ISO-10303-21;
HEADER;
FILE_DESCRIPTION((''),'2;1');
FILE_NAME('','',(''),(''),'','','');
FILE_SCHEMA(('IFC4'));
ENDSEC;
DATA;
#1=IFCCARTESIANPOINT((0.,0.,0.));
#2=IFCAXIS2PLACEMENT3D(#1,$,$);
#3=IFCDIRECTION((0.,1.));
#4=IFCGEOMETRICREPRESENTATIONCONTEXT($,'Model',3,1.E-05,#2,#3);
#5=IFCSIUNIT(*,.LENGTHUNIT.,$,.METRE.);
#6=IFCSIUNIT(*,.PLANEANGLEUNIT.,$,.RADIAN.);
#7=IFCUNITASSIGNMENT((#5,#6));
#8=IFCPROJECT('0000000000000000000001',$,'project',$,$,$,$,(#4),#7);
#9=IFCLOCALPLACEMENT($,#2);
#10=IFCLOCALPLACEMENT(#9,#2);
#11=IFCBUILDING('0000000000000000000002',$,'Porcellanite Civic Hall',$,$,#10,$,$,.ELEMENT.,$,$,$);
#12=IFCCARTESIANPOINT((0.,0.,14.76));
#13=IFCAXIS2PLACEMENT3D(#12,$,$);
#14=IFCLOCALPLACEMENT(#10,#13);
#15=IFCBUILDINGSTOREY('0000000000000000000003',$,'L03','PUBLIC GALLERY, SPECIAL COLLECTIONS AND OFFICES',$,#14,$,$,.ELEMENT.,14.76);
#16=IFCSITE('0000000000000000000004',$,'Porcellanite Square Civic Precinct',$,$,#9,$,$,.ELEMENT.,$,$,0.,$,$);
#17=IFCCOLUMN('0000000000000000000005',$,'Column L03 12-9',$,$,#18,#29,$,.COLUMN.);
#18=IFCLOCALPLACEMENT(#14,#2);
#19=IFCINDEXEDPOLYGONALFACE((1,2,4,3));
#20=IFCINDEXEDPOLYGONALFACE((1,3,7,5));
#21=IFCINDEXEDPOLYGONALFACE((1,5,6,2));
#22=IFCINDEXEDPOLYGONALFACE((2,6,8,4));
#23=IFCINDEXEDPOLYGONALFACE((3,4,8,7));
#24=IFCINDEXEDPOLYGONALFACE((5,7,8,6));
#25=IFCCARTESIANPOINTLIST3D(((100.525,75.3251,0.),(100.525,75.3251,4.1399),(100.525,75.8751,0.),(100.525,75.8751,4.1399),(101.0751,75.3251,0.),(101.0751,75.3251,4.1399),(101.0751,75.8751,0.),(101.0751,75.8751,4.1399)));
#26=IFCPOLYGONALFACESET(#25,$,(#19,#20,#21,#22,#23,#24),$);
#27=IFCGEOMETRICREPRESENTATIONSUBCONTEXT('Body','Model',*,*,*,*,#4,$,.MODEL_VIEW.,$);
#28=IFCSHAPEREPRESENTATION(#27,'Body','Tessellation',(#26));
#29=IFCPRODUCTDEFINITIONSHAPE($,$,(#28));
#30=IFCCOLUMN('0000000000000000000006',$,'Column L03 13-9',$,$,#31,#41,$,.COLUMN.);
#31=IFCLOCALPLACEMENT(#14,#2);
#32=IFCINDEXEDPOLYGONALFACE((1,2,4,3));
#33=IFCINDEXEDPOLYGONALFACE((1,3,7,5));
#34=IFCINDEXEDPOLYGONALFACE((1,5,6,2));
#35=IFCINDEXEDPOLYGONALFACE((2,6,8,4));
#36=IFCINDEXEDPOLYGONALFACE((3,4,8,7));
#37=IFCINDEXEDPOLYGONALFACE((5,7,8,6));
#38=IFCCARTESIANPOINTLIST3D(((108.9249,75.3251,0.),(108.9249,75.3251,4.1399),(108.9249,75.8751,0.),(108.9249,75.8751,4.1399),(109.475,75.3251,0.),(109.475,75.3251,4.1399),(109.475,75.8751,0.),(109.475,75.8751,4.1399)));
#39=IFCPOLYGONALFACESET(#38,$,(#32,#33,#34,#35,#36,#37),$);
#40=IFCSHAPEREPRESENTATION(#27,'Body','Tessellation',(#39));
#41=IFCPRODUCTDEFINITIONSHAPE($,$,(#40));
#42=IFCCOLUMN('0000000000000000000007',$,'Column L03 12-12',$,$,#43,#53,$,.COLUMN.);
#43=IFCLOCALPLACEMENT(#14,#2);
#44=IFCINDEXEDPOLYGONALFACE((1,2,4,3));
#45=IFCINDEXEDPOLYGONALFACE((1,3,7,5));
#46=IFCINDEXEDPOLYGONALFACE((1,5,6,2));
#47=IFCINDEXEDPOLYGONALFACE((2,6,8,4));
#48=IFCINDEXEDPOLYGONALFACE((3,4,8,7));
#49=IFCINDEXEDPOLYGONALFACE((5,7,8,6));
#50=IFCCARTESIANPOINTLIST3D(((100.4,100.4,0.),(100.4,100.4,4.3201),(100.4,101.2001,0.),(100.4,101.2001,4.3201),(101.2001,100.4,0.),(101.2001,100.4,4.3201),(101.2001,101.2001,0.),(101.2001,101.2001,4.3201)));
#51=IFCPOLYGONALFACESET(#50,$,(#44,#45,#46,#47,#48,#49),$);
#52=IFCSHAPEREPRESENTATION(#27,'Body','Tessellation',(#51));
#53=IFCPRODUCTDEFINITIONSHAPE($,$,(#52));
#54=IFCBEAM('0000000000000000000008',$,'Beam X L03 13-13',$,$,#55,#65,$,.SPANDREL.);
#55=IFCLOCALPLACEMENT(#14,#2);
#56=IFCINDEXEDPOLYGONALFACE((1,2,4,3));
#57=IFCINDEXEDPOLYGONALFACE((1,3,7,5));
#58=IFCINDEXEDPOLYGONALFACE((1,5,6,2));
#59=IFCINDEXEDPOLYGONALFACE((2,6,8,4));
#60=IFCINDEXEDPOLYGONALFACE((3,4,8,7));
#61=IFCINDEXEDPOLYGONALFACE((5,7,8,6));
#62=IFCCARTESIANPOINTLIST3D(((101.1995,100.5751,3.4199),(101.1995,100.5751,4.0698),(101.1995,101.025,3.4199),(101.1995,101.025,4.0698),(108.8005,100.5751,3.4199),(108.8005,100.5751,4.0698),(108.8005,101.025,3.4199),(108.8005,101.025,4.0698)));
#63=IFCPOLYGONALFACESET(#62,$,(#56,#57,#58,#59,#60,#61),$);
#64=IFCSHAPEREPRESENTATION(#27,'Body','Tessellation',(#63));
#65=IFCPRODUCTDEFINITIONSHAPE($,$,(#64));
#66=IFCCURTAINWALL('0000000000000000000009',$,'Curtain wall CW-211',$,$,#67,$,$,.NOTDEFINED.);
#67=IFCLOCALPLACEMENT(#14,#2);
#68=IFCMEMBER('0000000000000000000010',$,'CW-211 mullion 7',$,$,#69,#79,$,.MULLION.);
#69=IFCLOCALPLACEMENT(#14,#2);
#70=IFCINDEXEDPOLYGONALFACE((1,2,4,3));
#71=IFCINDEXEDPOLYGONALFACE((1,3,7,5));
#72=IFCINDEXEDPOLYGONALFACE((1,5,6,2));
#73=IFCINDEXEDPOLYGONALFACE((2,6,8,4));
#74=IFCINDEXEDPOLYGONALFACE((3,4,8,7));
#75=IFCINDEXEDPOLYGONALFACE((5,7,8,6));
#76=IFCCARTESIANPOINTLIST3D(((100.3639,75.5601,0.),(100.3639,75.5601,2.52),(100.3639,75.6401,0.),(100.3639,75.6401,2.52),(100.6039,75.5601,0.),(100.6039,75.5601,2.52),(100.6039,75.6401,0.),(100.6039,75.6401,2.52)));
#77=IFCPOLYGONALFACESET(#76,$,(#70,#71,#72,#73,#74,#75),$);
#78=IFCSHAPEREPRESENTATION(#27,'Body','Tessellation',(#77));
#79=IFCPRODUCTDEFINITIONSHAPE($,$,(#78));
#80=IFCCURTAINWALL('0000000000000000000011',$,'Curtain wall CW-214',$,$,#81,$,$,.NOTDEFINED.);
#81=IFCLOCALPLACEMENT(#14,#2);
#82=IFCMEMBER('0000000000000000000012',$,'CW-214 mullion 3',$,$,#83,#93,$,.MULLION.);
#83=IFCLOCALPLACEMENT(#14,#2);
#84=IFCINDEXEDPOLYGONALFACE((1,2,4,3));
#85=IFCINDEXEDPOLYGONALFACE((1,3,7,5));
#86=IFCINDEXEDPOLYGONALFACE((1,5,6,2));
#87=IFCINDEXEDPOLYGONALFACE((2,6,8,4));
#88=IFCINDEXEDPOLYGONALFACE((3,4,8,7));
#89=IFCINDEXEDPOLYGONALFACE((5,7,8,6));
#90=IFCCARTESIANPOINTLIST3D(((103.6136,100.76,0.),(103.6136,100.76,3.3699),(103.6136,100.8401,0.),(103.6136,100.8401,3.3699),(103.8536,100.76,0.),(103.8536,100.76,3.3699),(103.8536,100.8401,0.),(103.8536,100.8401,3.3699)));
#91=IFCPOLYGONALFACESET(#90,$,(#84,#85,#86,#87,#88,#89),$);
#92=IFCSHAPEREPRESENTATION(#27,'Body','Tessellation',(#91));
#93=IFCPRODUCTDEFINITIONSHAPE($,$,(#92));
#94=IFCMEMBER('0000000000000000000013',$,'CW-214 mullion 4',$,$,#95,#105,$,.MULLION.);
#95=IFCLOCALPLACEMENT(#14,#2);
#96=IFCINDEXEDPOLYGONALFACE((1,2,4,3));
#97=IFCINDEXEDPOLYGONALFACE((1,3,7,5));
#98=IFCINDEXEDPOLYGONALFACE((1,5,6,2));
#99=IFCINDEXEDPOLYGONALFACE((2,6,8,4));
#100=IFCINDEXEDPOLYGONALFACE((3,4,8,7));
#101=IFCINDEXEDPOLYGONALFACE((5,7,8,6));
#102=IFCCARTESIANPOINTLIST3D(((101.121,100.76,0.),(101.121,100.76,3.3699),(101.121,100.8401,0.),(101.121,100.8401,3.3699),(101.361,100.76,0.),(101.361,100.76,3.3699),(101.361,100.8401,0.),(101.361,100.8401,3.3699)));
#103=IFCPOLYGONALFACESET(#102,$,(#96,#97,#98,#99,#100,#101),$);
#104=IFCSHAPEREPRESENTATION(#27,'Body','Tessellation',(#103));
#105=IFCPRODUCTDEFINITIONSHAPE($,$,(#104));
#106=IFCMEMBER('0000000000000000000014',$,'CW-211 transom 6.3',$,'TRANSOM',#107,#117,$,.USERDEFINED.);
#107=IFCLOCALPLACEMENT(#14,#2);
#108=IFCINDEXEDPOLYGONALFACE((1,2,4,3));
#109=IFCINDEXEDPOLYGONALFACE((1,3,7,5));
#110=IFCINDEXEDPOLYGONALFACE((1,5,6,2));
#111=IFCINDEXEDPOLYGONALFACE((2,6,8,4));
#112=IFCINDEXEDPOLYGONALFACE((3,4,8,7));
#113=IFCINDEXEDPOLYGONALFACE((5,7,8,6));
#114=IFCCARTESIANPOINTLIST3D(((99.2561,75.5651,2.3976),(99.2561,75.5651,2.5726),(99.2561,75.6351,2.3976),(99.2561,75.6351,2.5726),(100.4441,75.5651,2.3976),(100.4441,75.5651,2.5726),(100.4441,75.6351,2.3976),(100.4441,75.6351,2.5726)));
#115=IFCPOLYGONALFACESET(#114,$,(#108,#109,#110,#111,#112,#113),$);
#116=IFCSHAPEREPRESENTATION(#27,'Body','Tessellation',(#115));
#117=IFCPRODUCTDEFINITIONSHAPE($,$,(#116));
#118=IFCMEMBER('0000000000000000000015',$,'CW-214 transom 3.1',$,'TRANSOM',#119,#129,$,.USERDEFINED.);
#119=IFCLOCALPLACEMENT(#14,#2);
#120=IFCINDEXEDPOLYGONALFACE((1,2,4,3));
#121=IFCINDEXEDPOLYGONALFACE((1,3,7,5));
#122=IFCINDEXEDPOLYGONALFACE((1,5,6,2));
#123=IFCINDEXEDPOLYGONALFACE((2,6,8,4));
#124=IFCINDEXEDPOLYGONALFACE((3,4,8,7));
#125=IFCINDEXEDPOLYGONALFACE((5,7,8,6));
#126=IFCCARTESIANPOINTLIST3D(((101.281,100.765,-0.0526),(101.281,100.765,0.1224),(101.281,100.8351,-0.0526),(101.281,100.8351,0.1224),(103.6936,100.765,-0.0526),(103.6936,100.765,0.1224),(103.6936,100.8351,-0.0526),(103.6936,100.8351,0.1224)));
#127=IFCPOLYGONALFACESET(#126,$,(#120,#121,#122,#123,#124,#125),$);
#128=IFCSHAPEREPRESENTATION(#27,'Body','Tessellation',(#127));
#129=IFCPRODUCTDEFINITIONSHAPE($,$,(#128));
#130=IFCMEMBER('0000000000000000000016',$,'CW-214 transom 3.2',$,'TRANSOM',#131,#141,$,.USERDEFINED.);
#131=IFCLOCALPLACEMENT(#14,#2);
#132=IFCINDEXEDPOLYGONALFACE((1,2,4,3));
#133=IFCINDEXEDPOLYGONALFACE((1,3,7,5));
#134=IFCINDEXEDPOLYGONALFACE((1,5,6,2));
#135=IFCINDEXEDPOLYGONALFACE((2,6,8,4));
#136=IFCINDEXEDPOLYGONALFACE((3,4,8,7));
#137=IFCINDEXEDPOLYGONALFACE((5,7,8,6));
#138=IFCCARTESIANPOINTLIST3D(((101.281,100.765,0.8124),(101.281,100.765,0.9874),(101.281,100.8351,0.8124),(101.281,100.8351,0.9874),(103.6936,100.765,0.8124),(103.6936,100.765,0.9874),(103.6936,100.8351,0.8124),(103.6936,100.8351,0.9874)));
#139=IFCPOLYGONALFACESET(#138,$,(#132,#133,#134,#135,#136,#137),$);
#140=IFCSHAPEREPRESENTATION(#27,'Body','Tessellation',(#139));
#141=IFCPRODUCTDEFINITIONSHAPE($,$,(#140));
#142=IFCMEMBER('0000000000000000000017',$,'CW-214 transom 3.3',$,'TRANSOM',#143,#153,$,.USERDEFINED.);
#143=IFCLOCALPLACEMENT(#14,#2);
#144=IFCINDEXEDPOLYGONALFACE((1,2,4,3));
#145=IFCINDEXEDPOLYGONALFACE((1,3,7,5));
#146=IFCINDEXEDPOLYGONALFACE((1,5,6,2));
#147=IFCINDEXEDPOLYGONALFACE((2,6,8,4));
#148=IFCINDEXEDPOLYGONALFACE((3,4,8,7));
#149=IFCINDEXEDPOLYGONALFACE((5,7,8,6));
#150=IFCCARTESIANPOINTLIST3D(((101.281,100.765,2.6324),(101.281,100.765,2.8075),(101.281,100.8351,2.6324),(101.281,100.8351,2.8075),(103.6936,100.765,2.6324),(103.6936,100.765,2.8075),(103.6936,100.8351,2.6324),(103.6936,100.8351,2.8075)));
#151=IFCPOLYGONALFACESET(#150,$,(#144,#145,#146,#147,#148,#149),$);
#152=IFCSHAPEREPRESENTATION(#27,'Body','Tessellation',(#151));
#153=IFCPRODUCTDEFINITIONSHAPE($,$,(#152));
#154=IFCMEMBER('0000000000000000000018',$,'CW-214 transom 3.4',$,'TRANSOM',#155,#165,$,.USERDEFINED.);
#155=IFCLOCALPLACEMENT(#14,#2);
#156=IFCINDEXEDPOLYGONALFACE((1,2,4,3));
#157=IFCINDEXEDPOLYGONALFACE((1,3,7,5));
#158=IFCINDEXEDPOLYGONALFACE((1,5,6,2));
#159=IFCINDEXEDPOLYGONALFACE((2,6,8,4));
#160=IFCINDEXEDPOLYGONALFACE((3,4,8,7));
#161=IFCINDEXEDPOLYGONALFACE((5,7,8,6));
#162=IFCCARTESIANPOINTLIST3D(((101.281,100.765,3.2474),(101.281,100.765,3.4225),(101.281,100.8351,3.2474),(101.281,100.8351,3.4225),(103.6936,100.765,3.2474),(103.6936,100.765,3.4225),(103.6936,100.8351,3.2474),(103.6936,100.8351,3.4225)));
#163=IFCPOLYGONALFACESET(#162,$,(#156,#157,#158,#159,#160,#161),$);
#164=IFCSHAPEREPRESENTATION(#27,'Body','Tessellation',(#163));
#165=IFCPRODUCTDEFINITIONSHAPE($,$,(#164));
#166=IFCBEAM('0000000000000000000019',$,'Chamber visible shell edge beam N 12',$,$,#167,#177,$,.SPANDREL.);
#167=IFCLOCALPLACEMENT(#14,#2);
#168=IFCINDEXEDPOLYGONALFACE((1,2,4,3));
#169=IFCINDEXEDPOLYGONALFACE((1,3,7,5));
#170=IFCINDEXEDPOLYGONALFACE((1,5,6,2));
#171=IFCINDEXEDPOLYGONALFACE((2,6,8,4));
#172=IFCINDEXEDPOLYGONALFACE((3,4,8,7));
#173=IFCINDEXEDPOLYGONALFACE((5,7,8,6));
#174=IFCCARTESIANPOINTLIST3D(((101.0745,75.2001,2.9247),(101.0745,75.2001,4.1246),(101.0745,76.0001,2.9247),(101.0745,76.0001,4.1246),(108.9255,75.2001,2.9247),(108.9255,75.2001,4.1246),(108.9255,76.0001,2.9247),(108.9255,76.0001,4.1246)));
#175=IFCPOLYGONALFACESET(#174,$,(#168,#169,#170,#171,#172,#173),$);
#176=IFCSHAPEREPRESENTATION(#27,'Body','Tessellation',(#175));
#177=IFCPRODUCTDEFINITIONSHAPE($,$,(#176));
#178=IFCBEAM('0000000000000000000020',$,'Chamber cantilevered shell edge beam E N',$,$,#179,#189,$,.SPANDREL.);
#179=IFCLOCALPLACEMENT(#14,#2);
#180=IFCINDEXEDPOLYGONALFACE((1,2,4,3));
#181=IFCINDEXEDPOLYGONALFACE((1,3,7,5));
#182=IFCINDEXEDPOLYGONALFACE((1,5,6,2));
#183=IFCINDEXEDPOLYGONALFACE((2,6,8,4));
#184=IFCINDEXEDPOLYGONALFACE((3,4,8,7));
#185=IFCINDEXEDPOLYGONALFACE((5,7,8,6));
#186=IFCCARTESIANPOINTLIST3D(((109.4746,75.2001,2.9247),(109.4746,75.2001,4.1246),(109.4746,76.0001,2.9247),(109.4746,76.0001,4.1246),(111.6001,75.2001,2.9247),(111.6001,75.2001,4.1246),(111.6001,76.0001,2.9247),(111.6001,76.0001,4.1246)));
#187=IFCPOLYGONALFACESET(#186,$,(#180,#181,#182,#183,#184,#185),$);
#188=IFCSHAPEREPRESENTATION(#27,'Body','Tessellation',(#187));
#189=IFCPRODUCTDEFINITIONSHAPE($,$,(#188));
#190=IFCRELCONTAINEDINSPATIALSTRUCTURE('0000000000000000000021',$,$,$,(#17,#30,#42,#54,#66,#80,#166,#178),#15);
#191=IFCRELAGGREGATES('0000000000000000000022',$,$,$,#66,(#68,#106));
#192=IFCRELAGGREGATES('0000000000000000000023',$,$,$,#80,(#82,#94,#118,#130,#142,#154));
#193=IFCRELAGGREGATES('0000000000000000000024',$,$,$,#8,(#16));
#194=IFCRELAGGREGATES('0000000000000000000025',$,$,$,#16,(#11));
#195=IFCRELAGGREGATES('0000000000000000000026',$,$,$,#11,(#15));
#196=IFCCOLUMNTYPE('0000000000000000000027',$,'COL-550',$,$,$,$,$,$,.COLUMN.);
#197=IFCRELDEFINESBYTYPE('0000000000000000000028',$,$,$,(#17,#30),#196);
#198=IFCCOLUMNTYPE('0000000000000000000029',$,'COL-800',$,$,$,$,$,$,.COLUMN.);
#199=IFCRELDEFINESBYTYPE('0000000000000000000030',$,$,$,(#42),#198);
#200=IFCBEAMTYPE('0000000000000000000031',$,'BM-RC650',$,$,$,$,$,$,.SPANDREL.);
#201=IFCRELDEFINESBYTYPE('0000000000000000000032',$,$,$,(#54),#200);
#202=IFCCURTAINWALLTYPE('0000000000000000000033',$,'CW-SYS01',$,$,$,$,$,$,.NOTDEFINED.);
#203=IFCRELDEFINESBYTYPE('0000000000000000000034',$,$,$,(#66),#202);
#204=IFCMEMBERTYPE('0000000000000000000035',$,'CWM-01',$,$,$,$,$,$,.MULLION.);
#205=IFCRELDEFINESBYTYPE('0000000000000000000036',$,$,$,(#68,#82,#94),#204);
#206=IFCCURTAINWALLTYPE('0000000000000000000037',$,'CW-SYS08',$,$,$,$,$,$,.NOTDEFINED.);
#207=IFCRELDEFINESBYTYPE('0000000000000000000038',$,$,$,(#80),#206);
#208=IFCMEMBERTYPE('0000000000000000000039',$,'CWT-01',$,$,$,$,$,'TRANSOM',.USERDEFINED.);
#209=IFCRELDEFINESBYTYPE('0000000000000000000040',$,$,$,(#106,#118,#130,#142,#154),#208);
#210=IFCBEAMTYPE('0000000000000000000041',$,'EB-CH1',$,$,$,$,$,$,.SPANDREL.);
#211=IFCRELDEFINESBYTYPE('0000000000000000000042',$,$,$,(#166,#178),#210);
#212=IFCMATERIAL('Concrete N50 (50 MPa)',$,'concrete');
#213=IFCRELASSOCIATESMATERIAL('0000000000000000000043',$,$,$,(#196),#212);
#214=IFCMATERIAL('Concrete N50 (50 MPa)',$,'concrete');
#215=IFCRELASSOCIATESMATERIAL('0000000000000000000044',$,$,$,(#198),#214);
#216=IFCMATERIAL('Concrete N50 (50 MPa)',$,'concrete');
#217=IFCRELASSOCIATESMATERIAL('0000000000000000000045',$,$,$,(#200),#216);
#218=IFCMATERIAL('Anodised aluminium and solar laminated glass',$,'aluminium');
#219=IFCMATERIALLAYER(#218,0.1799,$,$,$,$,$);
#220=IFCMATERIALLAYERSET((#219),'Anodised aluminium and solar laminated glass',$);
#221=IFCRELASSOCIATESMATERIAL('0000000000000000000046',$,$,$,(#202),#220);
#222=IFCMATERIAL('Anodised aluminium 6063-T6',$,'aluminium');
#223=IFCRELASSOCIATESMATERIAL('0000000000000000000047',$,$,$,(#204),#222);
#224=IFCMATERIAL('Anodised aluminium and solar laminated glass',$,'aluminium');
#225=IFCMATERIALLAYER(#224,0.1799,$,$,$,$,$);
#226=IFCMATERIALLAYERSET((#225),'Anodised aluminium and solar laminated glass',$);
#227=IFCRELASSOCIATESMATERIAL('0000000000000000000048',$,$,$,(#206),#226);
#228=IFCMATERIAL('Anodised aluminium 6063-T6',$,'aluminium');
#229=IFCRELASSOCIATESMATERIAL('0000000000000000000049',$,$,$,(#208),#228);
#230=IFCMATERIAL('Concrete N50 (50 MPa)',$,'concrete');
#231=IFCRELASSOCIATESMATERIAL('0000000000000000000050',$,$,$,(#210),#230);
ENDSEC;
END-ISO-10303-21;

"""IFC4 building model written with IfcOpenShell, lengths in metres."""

from ifc_helpers import new_model, si_unit, direction, frame, origin, origin_2d, place, context, subcontext, project, spatial, rectangle, extrude, material, layer, layer_set, material_profile, profile_set, type_object, element, aggregate, save


model = new_model("IFC4")

# Units and contexts
model_context = context("Model", 3, precision=1e-05, world=origin(), true_north=direction((0.0, 1.0)))
body_context = subcontext(model_context, "Body", "Model", "MODEL_VIEW")
ifc_project = project(units=[si_unit("LENGTHUNIT", "METRE"), si_unit("PLANEANGLEUNIT", "RADIAN")], contexts=[model_context])

# Site, building, storey
site_placement = place(None, origin())
site = spatial("IfcSite", under=ifc_project, at=site_placement, Name="Porcellanite Square Civic Precinct", CompositionType="ELEMENT", RefElevation=0.0)
building_placement = place(site_placement, origin())
building = spatial("IfcBuilding", under=site, at=building_placement, Name="Porcellanite Civic Hall", CompositionType="ELEMENT")
storey_placement = place(building_placement, frame((0.0, 0.0, 14.76)))
storey = spatial("IfcBuildingStorey", under=building, at=storey_placement, Name="L03", Description="PUBLIC GALLERY, SPECIAL COLLECTIONS AND OFFICES", CompositionType="ELEMENT", Elevation=14.76)

# Columns
ifc_material_1 = material(Name="Concrete N50 (50 MPa)", Category="concrete")
ifc_material_profile_1 = material_profile(ifc_material_1, rectangle(XDim=0.55, YDim=0.55, at=origin_2d()), Name="RC-550x550")
ifc_profile_set_1 = profile_set([ifc_material_profile_1], Name="Concrete N50 (50 MPa)")
column_type_1 = type_object("IfcColumnType", Name="COL-550", PredefinedType="COLUMN", material=ifc_profile_set_1)
for number, where, z_axis, x_axis, name in (
    (1, (100.8, 75.6001, 0.0), (0.0, 0.0, 1.0), (1.0, 0.0, 0.0), "Column L03 12-9"),
    (2, (109.2, 75.6001, 0.0), (0.0, 0.0, 1.0), (1.0, 0.0, 0.0), "Column L03 13-9"),
):
    element("IfcColumn", number, at=place(storey_placement, frame(where, z_axis=z_axis, x_axis=x_axis)), inside=storey, type_object=column_type_1, Name=name, PredefinedType="COLUMN", context=body_context, shape_type="SweptSolid", body=[
        extrude(rectangle(XDim=0.55, YDim=0.55, at=origin_2d()), origin(), (0.0, 0.0, 1.0), 4.1399),
    ])
ifc_material_2 = material(Name="Concrete N50 (50 MPa)", Category="concrete")
ifc_material_profile_2 = material_profile(ifc_material_2, rectangle(XDim=0.8, YDim=0.8, at=origin_2d()), Name="RC-800x800")
ifc_profile_set_2 = profile_set([ifc_material_profile_2], Name="Concrete N50 (50 MPa)")
column_type_2 = type_object("IfcColumnType", Name="COL-800", PredefinedType="COLUMN", material=ifc_profile_set_2)
column_placement = place(storey_placement, frame((100.8, 100.8, 0.0), z_axis=(0.0, 0.0, 1.0), x_axis=(1.0, 0.0, 0.0)))
element("IfcColumn", 3, at=column_placement, inside=storey, type_object=column_type_2, Name="Column L03 12-12", PredefinedType="COLUMN", context=body_context, shape_type="SweptSolid", body=[
    extrude(rectangle(XDim=0.8, YDim=0.8, at=origin_2d()), origin(), (0.0, 0.0, 1.0), 4.3201),
])

# Beam
ifc_material_3 = material(Name="Concrete N50 (50 MPa)", Category="concrete")
ifc_material_profile_3 = material_profile(ifc_material_3, rectangle(XDim=0.45, YDim=0.6499, at=origin_2d()), Name="RC-450x650")
ifc_profile_set_3 = profile_set([ifc_material_profile_3], Name="Concrete N50 (50 MPa)")
beam_type_1 = type_object("IfcBeamType", Name="BM-RC650", PredefinedType="SPANDREL", material=ifc_profile_set_3)
beam_1_placement = place(storey_placement, frame((101.1995, 100.8, 3.7449), z_axis=(1.0, 0.0, 0.0), x_axis=(0.0, 1.0, 0.0)))
element("IfcBeam", 4, at=beam_1_placement, inside=storey, type_object=beam_type_1, Name="Beam X L03 13-13", PredefinedType="SPANDREL", context=body_context, shape_type="SweptSolid", body=[
    extrude(rectangle(XDim=0.45, YDim=0.6499, at=origin_2d()), origin(), (0.0, 0.0, 1.0), 7.6011),
])

# Curtain wall, member
ifc_material_4 = material(Name="Anodised aluminium and solar laminated glass", Category="aluminium")
ifc_layer_1 = layer(ifc_material_4, 0.1799)
ifc_layer_set_1 = layer_set([ifc_layer_1], Name="Anodised aluminium and solar laminated glass")
curtain_wall_type_1 = type_object("IfcCurtainWallType", Name="CW-SYS01", PredefinedType="NOTDEFINED", material=ifc_layer_set_1)
curtain_wall_1_placement = place(storey_placement, origin())
curtain_wall_1 = element("IfcCurtainWall", 5, at=curtain_wall_1_placement, inside=storey, type_object=curtain_wall_type_1, Name="Curtain wall CW-211", PredefinedType="NOTDEFINED")
ifc_material_5 = material(Name="Anodised aluminium 6063-T6", Category="aluminium")
ifc_material_profile_4 = material_profile(ifc_material_5, rectangle(XDim=0.0801, YDim=0.24, at=origin_2d()), Name="AL-80x240")
ifc_profile_set_4 = profile_set([ifc_material_profile_4], Name="Anodised aluminium 6063-T6")
member_type_1 = type_object("IfcMemberType", Name="CWM-01", PredefinedType="MULLION", material=ifc_profile_set_4)
member_1_placement = place(storey_placement, frame((100.4839, 75.6001, 0.0), z_axis=(0.0, 0.0, 1.0), x_axis=(0.0, 1.0, 0.0)))
member_1 = element("IfcMember", 6, at=member_1_placement, type_object=member_type_1, Name="CW-211 mullion 7", PredefinedType="MULLION", context=body_context, shape_type="SweptSolid", body=[
    extrude(rectangle(XDim=0.0801, YDim=0.24, at=origin_2d()), origin(), (0.0, 0.0, 1.0), 2.52),
])

# Curtain wall, members
ifc_material_6 = material(Name="Anodised aluminium and solar laminated glass", Category="aluminium")
ifc_layer_2 = layer(ifc_material_6, 0.1799)
ifc_layer_set_2 = layer_set([ifc_layer_2], Name="Anodised aluminium and solar laminated glass")
curtain_wall_type_2 = type_object("IfcCurtainWallType", Name="CW-SYS08", PredefinedType="NOTDEFINED", material=ifc_layer_set_2)
curtain_wall_2_placement = place(storey_placement, origin())
curtain_wall_2 = element("IfcCurtainWall", 7, at=curtain_wall_2_placement, inside=storey, type_object=curtain_wall_type_2, Name="Curtain wall CW-214", PredefinedType="NOTDEFINED")
member_2_placement = place(storey_placement, frame((103.7336, 100.8, 0.0), z_axis=(0.0, 0.0, 1.0), x_axis=(0.0, -1.0, 0.0)))
member_2 = element("IfcMember", 8, at=member_2_placement, type_object=member_type_1, Name="CW-214 mullion 3", PredefinedType="MULLION", context=body_context, shape_type="SweptSolid", body=[
    extrude(rectangle(XDim=0.0801, YDim=0.24, at=origin_2d()), origin(), (0.0, 0.0, 1.0), 3.3699),
])
member_3_placement = place(storey_placement, frame((101.241, 100.8, 0.0), z_axis=(0.0, 0.0, 1.0), x_axis=(0.0, -1.0, 0.0)))
member_3 = element("IfcMember", 9, at=member_3_placement, type_object=member_type_1, Name="CW-214 mullion 4", PredefinedType="MULLION", context=body_context, shape_type="SweptSolid", body=[
    extrude(rectangle(XDim=0.0801, YDim=0.24, at=origin_2d()), origin(), (0.0, 0.0, 1.0), 3.3699),
])

# Members
ifc_material_7 = material(Name="Anodised aluminium 6063-T6", Category="aluminium")
ifc_material_profile_5 = material_profile(ifc_material_7, rectangle(XDim=0.0701, YDim=0.175, at=origin_2d()), Name="AL-70x175")
ifc_profile_set_5 = profile_set([ifc_material_profile_5], Name="Anodised aluminium 6063-T6")
member_type_2 = type_object("IfcMemberType", Name="CWT-01", ElementType="TRANSOM", PredefinedType="USERDEFINED", material=ifc_profile_set_5)
member_4_placement = place(storey_placement, frame((99.2561, 75.6001, 2.4851), z_axis=(1.0, 0.0, 0.0), x_axis=(0.0, 1.0, 0.0)))
member_4 = element("IfcMember", 10, at=member_4_placement, type_object=member_type_2, Name="CW-211 transom 6.3", ObjectType="TRANSOM", PredefinedType="USERDEFINED", context=body_context, shape_type="SweptSolid", body=[
    extrude(rectangle(XDim=0.0701, YDim=0.175, at=origin_2d()), origin(), (0.0, 0.0, 1.0), 1.188),
])
member_5_placement = place(storey_placement, frame((103.6936, 100.8, 0.0349), z_axis=(-1.0, 0.0, 0.0), x_axis=(0.0, -1.0, 0.0)))
member_5 = element("IfcMember", 11, at=member_5_placement, type_object=member_type_2, Name="CW-214 transom 3.1", ObjectType="TRANSOM", PredefinedType="USERDEFINED", context=body_context, shape_type="SweptSolid", body=[
    extrude(rectangle(XDim=0.0701, YDim=0.175, at=origin_2d()), origin(), (0.0, 0.0, 1.0), 2.4126),
])
member_6_placement = place(storey_placement, frame((103.6936, 100.8, 0.8999), z_axis=(-1.0, 0.0, 0.0), x_axis=(0.0, -1.0, 0.0)))
member_6 = element("IfcMember", 12, at=member_6_placement, type_object=member_type_2, Name="CW-214 transom 3.2", ObjectType="TRANSOM", PredefinedType="USERDEFINED", context=body_context, shape_type="SweptSolid", body=[
    extrude(rectangle(XDim=0.0701, YDim=0.175, at=origin_2d()), origin(), (0.0, 0.0, 1.0), 2.4126),
])
member_7_placement = place(storey_placement, frame((103.6936, 100.8, 2.72), z_axis=(-1.0, 0.0, 0.0), x_axis=(0.0, -1.0, 0.0)))
member_7 = element("IfcMember", 13, at=member_7_placement, type_object=member_type_2, Name="CW-214 transom 3.3", ObjectType="TRANSOM", PredefinedType="USERDEFINED", context=body_context, shape_type="SweptSolid", body=[
    extrude(rectangle(XDim=0.0701, YDim=0.175, at=origin_2d()), origin(), (0.0, 0.0, 1.0), 2.4126),
])
member_8_placement = place(storey_placement, frame((103.6936, 100.8, 3.335), z_axis=(-1.0, 0.0, 0.0), x_axis=(0.0, -1.0, 0.0)))
member_8 = element("IfcMember", 14, at=member_8_placement, type_object=member_type_2, Name="CW-214 transom 3.4", ObjectType="TRANSOM", PredefinedType="USERDEFINED", context=body_context, shape_type="SweptSolid", body=[
    extrude(rectangle(XDim=0.0701, YDim=0.175, at=origin_2d()), origin(), (0.0, 0.0, 1.0), 2.4126),
])

# Beams
ifc_material_8 = material(Name="Concrete N50 (50 MPa)", Category="concrete")
ifc_material_profile_6 = material_profile(ifc_material_8, rectangle(XDim=0.8, YDim=1.2, at=origin_2d()), Name="RC-800x1200")
ifc_profile_set_6 = profile_set([ifc_material_profile_6], Name="Concrete N50 (50 MPa)")
beam_type_2 = type_object("IfcBeamType", Name="EB-CH1", PredefinedType="SPANDREL", material=ifc_profile_set_6)
beam_2_placement = place(storey_placement, frame((101.0745, 75.6001, 3.5247), z_axis=(1.0, 0.0, 0.0), x_axis=(0.0, 1.0, 0.0)))
element("IfcBeam", 15, at=beam_2_placement, inside=storey, type_object=beam_type_2, Name="Chamber visible shell edge beam N 12", PredefinedType="SPANDREL", context=body_context, shape_type="SweptSolid", body=[
    extrude(rectangle(XDim=0.8, YDim=1.2, at=origin_2d()), origin(), (0.0, 0.0, 1.0), 7.8511),
])
beam_3_placement = place(storey_placement, frame((109.4746, 75.6001, 3.5247), z_axis=(1.0, 0.0, 0.0), x_axis=(0.0, 1.0, 0.0)))
element("IfcBeam", 16, at=beam_3_placement, inside=storey, type_object=beam_type_2, Name="Chamber cantilevered shell edge beam E N", PredefinedType="SPANDREL", context=body_context, shape_type="SweptSolid", body=[
    extrude(rectangle(XDim=0.8, YDim=1.2, at=origin_2d()), origin(), (0.0, 0.0, 1.0), 2.1255),
])

aggregate(curtain_wall_1, [member_1, member_4])
aggregate(curtain_wall_2, [member_2, member_3, member_5, member_6, member_7, member_8])

save(model, "model.ifc")
